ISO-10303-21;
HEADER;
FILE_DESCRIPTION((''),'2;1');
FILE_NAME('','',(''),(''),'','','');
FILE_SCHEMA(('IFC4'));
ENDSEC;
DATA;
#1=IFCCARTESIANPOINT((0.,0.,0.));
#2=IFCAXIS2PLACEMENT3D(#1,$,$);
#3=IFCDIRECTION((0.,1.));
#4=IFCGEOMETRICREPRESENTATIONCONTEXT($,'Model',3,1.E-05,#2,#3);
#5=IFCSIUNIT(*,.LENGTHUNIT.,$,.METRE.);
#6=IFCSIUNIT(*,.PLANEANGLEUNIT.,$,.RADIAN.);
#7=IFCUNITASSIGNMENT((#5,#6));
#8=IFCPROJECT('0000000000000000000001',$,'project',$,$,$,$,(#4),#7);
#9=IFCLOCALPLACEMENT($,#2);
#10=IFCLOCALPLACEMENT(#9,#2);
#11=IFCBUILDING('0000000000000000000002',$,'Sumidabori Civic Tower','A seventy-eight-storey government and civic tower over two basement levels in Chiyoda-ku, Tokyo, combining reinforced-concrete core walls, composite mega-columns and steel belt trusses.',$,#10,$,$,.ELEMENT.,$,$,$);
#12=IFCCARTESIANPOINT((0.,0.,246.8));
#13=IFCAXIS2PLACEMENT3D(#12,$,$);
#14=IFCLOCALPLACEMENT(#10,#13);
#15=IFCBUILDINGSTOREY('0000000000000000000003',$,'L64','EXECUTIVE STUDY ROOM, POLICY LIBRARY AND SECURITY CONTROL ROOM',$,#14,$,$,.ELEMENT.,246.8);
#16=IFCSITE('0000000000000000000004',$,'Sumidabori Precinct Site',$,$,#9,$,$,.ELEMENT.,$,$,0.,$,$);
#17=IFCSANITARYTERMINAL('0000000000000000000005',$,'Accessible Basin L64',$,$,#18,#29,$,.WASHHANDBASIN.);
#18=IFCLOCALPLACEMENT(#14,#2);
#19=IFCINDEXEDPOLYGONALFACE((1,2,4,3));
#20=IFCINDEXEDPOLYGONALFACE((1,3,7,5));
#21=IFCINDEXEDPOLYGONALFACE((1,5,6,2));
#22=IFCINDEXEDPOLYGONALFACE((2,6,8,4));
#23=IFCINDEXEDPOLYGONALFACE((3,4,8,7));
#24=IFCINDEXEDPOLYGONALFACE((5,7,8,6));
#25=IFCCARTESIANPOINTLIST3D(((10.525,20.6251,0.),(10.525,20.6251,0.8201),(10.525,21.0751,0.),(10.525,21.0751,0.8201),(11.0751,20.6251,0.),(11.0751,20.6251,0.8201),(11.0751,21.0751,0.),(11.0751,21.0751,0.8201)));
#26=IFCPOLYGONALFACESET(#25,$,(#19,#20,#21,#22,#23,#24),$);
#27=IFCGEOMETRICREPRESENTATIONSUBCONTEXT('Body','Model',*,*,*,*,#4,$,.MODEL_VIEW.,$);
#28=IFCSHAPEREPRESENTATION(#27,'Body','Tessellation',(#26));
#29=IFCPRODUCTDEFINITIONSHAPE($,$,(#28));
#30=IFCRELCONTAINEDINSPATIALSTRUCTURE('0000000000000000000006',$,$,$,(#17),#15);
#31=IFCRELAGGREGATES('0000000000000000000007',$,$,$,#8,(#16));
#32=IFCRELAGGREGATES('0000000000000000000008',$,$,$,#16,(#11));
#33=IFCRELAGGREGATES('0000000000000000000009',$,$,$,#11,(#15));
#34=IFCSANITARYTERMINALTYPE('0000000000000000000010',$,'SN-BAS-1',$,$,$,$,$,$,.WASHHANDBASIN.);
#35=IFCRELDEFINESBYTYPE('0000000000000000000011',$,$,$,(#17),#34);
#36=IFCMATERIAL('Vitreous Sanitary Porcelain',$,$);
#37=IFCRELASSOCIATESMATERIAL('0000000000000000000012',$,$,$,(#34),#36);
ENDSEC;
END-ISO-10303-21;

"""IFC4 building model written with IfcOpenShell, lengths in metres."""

from ifc_helpers import new_model, si_unit, direction, frame, origin, origin_2d, place, context, subcontext, project, spatial, rectangle, extrude, source, transform, mapped, material, type_object, element, save


model = new_model("IFC4")

# Units and contexts
model_context = context("Model", 3, precision=1e-05, world=origin(), true_north=direction((0.0, 1.0)))
body_context = subcontext(model_context, "Body", "Model", "MODEL_VIEW")
ifc_project = project(units=[si_unit("LENGTHUNIT", "METRE"), si_unit("PLANEANGLEUNIT", "RADIAN")], contexts=[model_context])

# Site, building, storey
site_placement = place(None, origin())
site = spatial("IfcSite", under=ifc_project, at=site_placement, Name="Sumidabori Precinct Site", CompositionType="ELEMENT", RefElevation=0.0)
building_placement = place(site_placement, origin())
building = spatial("IfcBuilding", under=site, at=building_placement, Name="Sumidabori Civic Tower", Description="A seventy-eight-storey government and civic tower over two basement levels in Chiyoda-ku, Tokyo, combining reinforced-concrete core walls, composite mega-columns and steel belt trusses.", CompositionType="ELEMENT")
storey_placement = place(building_placement, frame((0.0, 0.0, 246.8)))
storey = spatial("IfcBuildingStorey", under=building, at=storey_placement, Name="L64", Description="EXECUTIVE STUDY ROOM, POLICY LIBRARY AND SECURITY CONTROL ROOM", CompositionType="ELEMENT", Elevation=246.8)

# Sanitary terminal
ifc_material_1 = material(Name="Vitreous Sanitary Porcelain")
sanitary_terminal_type_1 = type_object("IfcSanitaryTerminalType", Name="SN-BAS-1", PredefinedType="WASHHANDBASIN", material=ifc_material_1)
shared_shape_1 = source(origin(), body_context, "Body", "SweptSolid", [
    extrude(rectangle(XDim=0.55, YDim=0.45, at=origin_2d()), origin(), (0.0, 0.0, 1.0), 0.8201),
])
sanitary_terminal_1_placement = place(storey_placement, frame((10.8, 20.8501, 0.0), z_axis=(0.0, 0.0, 1.0), x_axis=(1.0, 0.0, 0.0)))
element("IfcSanitaryTerminal", 1, at=sanitary_terminal_1_placement, inside=storey, type_object=sanitary_terminal_type_1, Name="Accessible Basin L64", PredefinedType="WASHHANDBASIN", context=body_context, shape_type="MappedRepresentation", body=[
    mapped(shared_shape_1, transform((0.0, 0.0, 0.0), x_axis=(1.0, 0.0, 0.0), y_axis=(0.0, 1.0, 0.0), z_axis=(0.0, 0.0, 1.0), scale=1.0)),
])

save(model, "model.ifc")
